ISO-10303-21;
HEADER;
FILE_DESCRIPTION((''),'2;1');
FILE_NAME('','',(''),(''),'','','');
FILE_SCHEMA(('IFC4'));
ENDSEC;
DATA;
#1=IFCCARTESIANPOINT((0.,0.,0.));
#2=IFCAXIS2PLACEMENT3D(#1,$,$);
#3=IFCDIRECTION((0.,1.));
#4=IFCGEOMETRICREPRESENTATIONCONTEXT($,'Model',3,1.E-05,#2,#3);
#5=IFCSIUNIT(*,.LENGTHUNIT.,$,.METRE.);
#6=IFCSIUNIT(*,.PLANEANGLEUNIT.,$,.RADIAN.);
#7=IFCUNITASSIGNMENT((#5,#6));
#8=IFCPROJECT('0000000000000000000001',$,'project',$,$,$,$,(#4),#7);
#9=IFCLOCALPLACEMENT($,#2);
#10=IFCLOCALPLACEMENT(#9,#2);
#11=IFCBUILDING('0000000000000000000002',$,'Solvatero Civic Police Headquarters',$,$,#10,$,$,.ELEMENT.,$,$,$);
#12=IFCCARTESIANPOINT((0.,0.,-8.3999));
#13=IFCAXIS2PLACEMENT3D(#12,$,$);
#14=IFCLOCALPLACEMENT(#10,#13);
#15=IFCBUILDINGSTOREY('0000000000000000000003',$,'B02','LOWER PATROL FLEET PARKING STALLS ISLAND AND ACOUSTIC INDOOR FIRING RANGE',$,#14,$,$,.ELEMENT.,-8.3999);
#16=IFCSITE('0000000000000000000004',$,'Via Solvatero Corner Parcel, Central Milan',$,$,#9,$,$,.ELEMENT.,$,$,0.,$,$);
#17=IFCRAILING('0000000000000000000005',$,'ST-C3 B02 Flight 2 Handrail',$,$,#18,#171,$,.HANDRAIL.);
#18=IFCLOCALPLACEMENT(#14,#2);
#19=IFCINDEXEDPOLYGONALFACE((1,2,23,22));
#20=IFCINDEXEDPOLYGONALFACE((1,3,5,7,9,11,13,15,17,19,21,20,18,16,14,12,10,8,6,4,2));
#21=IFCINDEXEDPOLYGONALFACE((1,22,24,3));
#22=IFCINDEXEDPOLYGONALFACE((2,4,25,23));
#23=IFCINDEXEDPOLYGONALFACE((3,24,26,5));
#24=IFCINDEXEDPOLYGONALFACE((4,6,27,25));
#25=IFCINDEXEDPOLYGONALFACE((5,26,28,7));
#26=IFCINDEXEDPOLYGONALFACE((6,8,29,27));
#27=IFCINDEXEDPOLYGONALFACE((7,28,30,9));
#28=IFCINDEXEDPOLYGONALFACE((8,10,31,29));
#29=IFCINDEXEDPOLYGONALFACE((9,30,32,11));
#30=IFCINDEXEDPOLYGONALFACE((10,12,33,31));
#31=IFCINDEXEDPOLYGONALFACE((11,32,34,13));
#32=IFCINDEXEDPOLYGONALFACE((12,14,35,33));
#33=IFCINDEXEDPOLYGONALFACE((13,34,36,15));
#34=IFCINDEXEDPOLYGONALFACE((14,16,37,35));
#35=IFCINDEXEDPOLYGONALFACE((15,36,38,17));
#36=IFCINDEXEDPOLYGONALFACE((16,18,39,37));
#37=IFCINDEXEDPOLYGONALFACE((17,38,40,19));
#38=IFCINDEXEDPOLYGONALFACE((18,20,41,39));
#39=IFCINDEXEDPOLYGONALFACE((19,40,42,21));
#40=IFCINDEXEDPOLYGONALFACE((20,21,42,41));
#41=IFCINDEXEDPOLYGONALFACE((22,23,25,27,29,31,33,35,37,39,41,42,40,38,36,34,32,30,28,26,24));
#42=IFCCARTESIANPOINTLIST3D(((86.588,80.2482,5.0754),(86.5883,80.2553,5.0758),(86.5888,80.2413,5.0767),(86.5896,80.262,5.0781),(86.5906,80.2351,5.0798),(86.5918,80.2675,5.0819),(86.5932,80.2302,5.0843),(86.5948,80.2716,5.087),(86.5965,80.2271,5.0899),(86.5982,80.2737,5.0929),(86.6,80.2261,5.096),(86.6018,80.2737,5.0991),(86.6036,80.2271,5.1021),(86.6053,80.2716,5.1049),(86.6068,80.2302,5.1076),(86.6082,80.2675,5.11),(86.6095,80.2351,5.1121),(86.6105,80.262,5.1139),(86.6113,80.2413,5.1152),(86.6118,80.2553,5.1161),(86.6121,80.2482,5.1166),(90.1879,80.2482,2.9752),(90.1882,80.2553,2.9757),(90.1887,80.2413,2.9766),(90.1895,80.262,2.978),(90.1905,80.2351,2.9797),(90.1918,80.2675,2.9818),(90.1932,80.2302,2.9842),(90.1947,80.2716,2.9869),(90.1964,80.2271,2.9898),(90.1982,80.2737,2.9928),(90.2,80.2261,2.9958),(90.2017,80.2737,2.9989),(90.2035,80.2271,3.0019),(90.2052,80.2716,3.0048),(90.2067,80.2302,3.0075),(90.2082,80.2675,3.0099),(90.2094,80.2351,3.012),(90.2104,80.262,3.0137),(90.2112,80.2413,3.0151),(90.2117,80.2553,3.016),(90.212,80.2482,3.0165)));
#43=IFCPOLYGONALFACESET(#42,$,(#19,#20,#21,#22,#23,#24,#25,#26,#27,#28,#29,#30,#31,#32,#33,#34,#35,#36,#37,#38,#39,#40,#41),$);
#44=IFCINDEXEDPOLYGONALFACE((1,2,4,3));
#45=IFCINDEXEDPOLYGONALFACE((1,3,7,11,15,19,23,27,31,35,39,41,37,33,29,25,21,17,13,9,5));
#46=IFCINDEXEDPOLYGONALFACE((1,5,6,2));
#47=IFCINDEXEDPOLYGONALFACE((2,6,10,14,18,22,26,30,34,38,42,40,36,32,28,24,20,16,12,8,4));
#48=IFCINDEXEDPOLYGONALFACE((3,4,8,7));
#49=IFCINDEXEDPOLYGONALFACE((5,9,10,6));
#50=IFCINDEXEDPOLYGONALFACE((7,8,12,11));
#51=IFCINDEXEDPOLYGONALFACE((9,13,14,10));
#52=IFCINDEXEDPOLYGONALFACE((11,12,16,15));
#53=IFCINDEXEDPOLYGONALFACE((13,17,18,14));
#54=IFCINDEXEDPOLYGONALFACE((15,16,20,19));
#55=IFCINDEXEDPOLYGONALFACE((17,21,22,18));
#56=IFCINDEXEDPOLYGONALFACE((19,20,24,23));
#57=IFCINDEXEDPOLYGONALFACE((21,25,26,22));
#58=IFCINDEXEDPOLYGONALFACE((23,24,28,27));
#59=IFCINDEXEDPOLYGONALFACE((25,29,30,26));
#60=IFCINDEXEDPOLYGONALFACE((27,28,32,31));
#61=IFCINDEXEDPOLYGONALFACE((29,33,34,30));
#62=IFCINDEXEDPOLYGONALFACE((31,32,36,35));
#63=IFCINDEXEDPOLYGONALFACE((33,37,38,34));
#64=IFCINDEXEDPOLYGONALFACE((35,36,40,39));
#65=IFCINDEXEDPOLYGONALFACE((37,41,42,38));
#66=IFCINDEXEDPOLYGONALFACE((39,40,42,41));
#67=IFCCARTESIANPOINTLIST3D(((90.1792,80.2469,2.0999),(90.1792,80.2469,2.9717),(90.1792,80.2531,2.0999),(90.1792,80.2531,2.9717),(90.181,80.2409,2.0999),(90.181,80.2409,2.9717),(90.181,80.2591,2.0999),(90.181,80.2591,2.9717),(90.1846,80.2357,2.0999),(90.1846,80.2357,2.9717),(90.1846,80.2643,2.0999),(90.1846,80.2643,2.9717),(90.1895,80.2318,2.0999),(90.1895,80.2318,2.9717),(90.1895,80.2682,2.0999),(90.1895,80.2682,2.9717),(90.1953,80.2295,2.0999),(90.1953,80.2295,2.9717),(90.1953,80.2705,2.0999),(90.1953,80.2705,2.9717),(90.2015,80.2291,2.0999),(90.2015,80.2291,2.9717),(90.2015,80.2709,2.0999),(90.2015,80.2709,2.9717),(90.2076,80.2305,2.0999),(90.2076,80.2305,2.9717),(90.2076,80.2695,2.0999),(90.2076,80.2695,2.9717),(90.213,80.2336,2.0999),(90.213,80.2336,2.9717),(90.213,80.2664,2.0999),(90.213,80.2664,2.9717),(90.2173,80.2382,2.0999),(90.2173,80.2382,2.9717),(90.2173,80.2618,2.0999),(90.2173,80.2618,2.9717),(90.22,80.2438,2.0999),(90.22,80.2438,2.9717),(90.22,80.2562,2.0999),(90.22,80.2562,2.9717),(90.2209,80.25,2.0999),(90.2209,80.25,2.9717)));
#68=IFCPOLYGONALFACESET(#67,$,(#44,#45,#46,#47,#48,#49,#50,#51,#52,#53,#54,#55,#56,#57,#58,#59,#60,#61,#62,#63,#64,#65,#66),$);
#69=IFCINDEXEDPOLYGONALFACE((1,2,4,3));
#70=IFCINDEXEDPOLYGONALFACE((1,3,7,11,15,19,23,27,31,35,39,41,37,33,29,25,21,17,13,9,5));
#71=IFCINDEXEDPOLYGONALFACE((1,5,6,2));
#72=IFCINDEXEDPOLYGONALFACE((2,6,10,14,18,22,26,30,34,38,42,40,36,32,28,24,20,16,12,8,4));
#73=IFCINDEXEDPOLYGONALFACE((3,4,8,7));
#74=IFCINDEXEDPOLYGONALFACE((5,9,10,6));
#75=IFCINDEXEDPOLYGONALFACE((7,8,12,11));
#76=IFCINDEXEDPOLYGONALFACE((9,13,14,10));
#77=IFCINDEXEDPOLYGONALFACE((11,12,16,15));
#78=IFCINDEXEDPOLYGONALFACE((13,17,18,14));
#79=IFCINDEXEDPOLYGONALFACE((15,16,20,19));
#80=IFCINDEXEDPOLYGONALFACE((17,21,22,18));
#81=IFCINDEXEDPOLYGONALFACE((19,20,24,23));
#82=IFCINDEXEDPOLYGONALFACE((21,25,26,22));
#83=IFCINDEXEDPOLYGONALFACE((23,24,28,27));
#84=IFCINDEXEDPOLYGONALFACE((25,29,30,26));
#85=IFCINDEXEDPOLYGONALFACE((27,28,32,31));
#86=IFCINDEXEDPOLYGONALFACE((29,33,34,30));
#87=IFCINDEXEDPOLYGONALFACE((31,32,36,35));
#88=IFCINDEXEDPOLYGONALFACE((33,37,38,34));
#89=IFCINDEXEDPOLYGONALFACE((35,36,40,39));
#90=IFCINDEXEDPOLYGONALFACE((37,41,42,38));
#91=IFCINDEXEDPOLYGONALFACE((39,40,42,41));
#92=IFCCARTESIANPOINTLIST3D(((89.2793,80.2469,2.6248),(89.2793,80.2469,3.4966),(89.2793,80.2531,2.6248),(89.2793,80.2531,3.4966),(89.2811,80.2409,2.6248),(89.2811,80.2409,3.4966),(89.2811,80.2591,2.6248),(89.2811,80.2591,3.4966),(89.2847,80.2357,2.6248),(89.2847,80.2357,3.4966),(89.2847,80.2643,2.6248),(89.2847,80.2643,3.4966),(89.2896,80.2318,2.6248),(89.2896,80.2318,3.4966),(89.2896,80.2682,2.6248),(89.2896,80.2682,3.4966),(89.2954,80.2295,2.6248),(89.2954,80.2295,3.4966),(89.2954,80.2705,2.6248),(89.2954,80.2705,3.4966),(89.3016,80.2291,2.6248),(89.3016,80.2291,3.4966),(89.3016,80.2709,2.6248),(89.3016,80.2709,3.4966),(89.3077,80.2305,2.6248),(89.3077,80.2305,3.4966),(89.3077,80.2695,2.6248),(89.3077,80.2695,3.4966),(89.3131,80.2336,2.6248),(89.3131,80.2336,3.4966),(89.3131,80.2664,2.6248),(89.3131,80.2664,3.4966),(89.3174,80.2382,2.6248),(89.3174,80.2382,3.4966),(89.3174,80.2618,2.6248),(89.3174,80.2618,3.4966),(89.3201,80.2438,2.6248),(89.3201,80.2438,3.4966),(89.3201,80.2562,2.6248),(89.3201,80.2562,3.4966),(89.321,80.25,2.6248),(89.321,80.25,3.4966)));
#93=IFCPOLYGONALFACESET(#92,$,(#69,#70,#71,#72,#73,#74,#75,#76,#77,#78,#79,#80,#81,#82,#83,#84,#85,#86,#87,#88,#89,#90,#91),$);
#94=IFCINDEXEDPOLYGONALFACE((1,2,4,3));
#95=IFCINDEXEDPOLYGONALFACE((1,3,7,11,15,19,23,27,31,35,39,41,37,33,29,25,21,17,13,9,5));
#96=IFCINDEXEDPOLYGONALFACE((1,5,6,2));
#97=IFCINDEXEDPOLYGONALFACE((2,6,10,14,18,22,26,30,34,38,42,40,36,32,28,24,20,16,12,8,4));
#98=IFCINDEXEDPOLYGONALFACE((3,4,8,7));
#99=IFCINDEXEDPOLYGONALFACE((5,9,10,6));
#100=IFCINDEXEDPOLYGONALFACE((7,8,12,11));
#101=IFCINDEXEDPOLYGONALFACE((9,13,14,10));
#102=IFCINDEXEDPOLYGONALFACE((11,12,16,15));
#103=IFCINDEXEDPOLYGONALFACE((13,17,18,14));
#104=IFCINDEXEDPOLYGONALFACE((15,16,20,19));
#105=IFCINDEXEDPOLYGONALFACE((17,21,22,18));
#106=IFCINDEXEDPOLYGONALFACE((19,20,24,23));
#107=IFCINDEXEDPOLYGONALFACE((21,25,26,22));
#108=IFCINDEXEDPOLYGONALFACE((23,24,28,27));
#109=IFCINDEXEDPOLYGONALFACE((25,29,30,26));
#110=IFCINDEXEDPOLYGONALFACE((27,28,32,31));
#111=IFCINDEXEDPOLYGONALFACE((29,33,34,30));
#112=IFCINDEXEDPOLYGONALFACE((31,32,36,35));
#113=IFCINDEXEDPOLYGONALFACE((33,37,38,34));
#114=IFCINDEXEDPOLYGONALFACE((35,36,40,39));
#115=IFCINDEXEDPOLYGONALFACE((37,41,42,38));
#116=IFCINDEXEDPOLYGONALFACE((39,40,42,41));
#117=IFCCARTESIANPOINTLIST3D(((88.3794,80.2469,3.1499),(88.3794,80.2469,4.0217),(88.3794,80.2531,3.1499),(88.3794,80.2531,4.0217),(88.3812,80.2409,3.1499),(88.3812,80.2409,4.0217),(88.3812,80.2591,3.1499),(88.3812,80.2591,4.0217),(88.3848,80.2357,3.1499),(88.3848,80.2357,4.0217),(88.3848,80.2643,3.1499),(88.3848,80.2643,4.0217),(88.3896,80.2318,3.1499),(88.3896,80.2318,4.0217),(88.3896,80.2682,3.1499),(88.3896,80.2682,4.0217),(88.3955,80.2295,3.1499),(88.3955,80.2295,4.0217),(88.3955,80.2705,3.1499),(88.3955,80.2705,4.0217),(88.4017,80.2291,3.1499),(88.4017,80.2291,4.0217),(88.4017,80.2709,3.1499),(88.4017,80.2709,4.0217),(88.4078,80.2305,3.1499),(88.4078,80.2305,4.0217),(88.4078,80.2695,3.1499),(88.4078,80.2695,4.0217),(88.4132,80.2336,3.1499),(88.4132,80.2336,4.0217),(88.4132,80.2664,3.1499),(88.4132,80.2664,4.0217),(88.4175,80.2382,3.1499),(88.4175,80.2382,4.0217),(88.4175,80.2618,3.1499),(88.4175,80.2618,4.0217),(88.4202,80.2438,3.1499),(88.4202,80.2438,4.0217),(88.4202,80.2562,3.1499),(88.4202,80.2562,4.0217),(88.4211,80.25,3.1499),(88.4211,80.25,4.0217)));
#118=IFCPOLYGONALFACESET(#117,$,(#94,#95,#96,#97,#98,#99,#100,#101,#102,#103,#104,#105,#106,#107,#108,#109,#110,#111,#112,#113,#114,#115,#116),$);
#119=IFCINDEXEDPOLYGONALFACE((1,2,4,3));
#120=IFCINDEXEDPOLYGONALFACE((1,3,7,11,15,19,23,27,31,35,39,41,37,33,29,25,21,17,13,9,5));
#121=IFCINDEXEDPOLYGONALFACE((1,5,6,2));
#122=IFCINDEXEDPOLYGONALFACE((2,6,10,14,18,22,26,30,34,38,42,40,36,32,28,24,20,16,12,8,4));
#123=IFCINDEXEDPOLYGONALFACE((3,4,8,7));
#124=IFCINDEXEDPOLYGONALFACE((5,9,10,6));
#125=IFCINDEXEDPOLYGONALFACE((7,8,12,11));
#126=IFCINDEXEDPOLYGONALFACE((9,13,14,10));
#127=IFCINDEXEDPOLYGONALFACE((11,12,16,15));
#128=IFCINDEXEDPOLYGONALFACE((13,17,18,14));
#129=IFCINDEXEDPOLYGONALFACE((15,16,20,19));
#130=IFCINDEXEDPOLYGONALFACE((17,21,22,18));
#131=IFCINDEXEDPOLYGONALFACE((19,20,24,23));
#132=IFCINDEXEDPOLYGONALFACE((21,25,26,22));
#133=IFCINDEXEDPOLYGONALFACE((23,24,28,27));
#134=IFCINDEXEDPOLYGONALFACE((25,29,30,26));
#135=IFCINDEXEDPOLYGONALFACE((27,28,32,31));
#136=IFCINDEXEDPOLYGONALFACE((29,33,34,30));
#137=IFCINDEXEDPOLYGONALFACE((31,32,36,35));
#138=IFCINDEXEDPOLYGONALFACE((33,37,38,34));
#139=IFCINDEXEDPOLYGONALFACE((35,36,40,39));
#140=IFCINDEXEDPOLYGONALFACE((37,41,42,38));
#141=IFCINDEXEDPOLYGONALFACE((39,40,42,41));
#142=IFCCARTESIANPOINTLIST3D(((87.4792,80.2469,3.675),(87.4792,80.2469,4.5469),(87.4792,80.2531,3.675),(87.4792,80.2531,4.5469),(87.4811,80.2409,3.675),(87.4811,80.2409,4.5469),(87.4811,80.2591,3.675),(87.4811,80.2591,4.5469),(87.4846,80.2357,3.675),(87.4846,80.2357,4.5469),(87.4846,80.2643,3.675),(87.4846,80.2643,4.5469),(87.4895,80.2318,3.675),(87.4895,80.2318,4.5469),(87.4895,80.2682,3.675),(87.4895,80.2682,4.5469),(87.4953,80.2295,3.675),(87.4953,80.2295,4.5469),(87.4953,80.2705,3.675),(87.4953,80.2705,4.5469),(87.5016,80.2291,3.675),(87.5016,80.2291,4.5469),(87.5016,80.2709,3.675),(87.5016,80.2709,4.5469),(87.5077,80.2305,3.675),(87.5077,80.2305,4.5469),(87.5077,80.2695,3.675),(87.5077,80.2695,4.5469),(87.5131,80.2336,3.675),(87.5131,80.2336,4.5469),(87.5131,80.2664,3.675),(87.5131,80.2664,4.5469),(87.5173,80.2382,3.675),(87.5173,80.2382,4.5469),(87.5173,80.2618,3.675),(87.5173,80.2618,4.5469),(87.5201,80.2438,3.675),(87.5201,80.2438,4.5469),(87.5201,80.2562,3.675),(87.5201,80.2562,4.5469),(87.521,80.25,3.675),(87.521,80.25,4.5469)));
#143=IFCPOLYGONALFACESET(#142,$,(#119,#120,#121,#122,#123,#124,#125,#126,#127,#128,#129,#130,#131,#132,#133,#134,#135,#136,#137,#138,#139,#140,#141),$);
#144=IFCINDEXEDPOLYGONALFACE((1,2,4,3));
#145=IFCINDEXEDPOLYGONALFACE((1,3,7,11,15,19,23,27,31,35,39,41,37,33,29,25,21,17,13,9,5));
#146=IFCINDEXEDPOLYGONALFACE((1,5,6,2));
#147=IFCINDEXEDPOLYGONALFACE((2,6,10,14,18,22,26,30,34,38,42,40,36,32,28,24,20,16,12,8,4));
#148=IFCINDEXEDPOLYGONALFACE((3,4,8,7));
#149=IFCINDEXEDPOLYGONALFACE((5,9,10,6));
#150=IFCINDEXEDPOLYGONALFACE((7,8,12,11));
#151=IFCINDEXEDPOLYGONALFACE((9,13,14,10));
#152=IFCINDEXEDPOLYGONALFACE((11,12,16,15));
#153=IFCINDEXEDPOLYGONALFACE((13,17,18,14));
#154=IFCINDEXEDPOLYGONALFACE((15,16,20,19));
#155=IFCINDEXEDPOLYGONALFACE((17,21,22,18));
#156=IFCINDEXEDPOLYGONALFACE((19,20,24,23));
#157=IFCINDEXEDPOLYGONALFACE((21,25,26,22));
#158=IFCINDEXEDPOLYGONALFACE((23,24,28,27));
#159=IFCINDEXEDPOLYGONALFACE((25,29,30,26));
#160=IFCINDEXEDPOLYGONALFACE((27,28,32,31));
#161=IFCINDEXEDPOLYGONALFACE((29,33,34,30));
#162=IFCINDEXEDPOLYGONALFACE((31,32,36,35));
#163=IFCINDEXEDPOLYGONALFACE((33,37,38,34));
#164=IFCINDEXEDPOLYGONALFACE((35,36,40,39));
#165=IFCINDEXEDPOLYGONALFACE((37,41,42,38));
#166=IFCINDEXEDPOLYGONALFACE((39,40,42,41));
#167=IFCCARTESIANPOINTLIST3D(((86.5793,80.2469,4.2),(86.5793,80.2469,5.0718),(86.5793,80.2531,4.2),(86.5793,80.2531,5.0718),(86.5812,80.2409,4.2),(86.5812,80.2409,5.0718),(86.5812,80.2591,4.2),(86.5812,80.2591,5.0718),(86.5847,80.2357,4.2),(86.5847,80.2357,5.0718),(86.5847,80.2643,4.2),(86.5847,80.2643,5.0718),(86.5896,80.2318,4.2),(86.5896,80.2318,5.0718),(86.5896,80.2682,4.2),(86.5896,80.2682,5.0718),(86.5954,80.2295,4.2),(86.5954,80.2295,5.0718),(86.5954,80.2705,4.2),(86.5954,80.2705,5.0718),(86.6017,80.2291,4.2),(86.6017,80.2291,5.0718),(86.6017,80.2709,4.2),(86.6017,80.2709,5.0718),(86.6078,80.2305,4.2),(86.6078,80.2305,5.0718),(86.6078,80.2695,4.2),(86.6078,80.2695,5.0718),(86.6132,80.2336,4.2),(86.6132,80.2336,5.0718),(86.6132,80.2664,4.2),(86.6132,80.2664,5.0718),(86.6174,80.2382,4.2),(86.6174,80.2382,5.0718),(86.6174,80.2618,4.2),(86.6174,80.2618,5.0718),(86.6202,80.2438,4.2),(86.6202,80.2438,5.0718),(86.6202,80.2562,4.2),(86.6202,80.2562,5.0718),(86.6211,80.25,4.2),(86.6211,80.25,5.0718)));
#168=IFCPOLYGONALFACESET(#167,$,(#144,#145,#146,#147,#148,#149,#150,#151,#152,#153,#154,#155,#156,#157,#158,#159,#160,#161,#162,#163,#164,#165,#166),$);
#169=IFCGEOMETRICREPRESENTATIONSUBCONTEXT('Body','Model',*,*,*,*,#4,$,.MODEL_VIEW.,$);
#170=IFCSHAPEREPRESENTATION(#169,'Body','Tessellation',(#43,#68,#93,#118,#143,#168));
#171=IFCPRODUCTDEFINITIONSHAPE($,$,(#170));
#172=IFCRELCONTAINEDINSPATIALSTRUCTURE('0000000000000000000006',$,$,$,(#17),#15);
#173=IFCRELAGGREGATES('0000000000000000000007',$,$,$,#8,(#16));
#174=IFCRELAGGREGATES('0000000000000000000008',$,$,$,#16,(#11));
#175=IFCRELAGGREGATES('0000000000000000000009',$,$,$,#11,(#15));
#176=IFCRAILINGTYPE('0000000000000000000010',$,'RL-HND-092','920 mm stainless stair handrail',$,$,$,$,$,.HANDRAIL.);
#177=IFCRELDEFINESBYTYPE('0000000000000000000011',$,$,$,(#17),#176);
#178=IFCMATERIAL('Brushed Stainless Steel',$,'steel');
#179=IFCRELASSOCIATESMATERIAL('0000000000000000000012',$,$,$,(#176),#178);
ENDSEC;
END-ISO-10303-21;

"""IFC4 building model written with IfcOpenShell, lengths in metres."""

from ifc_helpers import new_model, si_unit, direction, frame, origin, origin_2d, place, context, subcontext, project, spatial, circle, extrude, material, type_object, element, save


model = new_model("IFC4")

# Units and contexts
model_context = context("Model", 3, precision=1e-05, world=origin(), true_north=direction((0.0, 1.0)))
body_context = subcontext(model_context, "Body", "Model", "MODEL_VIEW")
ifc_project = project(units=[si_unit("LENGTHUNIT", "METRE"), si_unit("PLANEANGLEUNIT", "RADIAN")], contexts=[model_context])

# Site, building, storey
site_placement = place(None, origin())
site = spatial("IfcSite", under=ifc_project, at=site_placement, Name="Via Solvatero Corner Parcel, Central Milan", CompositionType="ELEMENT", RefElevation=0.0)
building_placement = place(site_placement, origin())
building = spatial("IfcBuilding", under=site, at=building_placement, Name="Solvatero Civic Police Headquarters", CompositionType="ELEMENT")
storey_placement = place(building_placement, frame((0.0, 0.0, -8.3999)))
storey = spatial("IfcBuildingStorey", under=building, at=storey_placement, Name="B02", Description="LOWER PATROL FLEET PARKING STALLS ISLAND AND ACOUSTIC INDOOR FIRING RANGE", CompositionType="ELEMENT", Elevation=-8.3999)

# Railing
ifc_material_1 = material(Name="Brushed Stainless Steel", Category="steel")
railing_type_1 = type_object("IfcRailingType", Name="RL-HND-092", Description="920 mm stainless stair handrail", PredefinedType="HANDRAIL", material=ifc_material_1)
railing_1_placement = place(storey_placement, frame((90.2, 80.25, 2.0999)))
element("IfcRailing", 1, at=railing_1_placement, inside=storey, type_object=railing_type_1, Name="ST-C3 B02 Flight 2 Handrail", PredefinedType="HANDRAIL", context=body_context, shape_type="SweptSolid", body=[
    extrude(circle(Radius=0.0239, at=origin_2d()), frame((0.0, 0.0, 0.896), z_axis=(-0.86376, 0.0, 0.503904), x_axis=(0.0, -1.0, 0.0)), (0.0, 0.0, 1.0), 4.1677),
    extrude(circle(Radius=0.021, at=origin_2d()), origin(), (0.0, 0.0, 1.0), 0.8718),
    extrude(circle(Radius=0.021, at=origin_2d()), frame((-0.8999, 0.0, 0.5249)), (0.0, 0.0, 1.0), 0.8718),
    extrude(circle(Radius=0.021, at=origin_2d()), frame((-1.7998, 0.0, 1.05)), (0.0, 0.0, 1.0), 0.8718),
    extrude(circle(Radius=0.021, at=origin_2d()), frame((-2.7, 0.0, 1.5752)), (0.0, 0.0, 1.0), 0.8718),
    extrude(circle(Radius=0.021, at=origin_2d()), frame((-3.5999, 0.0, 2.1001)), (0.0, 0.0, 1.0), 0.8718),
])

save(model, "model.ifc")
